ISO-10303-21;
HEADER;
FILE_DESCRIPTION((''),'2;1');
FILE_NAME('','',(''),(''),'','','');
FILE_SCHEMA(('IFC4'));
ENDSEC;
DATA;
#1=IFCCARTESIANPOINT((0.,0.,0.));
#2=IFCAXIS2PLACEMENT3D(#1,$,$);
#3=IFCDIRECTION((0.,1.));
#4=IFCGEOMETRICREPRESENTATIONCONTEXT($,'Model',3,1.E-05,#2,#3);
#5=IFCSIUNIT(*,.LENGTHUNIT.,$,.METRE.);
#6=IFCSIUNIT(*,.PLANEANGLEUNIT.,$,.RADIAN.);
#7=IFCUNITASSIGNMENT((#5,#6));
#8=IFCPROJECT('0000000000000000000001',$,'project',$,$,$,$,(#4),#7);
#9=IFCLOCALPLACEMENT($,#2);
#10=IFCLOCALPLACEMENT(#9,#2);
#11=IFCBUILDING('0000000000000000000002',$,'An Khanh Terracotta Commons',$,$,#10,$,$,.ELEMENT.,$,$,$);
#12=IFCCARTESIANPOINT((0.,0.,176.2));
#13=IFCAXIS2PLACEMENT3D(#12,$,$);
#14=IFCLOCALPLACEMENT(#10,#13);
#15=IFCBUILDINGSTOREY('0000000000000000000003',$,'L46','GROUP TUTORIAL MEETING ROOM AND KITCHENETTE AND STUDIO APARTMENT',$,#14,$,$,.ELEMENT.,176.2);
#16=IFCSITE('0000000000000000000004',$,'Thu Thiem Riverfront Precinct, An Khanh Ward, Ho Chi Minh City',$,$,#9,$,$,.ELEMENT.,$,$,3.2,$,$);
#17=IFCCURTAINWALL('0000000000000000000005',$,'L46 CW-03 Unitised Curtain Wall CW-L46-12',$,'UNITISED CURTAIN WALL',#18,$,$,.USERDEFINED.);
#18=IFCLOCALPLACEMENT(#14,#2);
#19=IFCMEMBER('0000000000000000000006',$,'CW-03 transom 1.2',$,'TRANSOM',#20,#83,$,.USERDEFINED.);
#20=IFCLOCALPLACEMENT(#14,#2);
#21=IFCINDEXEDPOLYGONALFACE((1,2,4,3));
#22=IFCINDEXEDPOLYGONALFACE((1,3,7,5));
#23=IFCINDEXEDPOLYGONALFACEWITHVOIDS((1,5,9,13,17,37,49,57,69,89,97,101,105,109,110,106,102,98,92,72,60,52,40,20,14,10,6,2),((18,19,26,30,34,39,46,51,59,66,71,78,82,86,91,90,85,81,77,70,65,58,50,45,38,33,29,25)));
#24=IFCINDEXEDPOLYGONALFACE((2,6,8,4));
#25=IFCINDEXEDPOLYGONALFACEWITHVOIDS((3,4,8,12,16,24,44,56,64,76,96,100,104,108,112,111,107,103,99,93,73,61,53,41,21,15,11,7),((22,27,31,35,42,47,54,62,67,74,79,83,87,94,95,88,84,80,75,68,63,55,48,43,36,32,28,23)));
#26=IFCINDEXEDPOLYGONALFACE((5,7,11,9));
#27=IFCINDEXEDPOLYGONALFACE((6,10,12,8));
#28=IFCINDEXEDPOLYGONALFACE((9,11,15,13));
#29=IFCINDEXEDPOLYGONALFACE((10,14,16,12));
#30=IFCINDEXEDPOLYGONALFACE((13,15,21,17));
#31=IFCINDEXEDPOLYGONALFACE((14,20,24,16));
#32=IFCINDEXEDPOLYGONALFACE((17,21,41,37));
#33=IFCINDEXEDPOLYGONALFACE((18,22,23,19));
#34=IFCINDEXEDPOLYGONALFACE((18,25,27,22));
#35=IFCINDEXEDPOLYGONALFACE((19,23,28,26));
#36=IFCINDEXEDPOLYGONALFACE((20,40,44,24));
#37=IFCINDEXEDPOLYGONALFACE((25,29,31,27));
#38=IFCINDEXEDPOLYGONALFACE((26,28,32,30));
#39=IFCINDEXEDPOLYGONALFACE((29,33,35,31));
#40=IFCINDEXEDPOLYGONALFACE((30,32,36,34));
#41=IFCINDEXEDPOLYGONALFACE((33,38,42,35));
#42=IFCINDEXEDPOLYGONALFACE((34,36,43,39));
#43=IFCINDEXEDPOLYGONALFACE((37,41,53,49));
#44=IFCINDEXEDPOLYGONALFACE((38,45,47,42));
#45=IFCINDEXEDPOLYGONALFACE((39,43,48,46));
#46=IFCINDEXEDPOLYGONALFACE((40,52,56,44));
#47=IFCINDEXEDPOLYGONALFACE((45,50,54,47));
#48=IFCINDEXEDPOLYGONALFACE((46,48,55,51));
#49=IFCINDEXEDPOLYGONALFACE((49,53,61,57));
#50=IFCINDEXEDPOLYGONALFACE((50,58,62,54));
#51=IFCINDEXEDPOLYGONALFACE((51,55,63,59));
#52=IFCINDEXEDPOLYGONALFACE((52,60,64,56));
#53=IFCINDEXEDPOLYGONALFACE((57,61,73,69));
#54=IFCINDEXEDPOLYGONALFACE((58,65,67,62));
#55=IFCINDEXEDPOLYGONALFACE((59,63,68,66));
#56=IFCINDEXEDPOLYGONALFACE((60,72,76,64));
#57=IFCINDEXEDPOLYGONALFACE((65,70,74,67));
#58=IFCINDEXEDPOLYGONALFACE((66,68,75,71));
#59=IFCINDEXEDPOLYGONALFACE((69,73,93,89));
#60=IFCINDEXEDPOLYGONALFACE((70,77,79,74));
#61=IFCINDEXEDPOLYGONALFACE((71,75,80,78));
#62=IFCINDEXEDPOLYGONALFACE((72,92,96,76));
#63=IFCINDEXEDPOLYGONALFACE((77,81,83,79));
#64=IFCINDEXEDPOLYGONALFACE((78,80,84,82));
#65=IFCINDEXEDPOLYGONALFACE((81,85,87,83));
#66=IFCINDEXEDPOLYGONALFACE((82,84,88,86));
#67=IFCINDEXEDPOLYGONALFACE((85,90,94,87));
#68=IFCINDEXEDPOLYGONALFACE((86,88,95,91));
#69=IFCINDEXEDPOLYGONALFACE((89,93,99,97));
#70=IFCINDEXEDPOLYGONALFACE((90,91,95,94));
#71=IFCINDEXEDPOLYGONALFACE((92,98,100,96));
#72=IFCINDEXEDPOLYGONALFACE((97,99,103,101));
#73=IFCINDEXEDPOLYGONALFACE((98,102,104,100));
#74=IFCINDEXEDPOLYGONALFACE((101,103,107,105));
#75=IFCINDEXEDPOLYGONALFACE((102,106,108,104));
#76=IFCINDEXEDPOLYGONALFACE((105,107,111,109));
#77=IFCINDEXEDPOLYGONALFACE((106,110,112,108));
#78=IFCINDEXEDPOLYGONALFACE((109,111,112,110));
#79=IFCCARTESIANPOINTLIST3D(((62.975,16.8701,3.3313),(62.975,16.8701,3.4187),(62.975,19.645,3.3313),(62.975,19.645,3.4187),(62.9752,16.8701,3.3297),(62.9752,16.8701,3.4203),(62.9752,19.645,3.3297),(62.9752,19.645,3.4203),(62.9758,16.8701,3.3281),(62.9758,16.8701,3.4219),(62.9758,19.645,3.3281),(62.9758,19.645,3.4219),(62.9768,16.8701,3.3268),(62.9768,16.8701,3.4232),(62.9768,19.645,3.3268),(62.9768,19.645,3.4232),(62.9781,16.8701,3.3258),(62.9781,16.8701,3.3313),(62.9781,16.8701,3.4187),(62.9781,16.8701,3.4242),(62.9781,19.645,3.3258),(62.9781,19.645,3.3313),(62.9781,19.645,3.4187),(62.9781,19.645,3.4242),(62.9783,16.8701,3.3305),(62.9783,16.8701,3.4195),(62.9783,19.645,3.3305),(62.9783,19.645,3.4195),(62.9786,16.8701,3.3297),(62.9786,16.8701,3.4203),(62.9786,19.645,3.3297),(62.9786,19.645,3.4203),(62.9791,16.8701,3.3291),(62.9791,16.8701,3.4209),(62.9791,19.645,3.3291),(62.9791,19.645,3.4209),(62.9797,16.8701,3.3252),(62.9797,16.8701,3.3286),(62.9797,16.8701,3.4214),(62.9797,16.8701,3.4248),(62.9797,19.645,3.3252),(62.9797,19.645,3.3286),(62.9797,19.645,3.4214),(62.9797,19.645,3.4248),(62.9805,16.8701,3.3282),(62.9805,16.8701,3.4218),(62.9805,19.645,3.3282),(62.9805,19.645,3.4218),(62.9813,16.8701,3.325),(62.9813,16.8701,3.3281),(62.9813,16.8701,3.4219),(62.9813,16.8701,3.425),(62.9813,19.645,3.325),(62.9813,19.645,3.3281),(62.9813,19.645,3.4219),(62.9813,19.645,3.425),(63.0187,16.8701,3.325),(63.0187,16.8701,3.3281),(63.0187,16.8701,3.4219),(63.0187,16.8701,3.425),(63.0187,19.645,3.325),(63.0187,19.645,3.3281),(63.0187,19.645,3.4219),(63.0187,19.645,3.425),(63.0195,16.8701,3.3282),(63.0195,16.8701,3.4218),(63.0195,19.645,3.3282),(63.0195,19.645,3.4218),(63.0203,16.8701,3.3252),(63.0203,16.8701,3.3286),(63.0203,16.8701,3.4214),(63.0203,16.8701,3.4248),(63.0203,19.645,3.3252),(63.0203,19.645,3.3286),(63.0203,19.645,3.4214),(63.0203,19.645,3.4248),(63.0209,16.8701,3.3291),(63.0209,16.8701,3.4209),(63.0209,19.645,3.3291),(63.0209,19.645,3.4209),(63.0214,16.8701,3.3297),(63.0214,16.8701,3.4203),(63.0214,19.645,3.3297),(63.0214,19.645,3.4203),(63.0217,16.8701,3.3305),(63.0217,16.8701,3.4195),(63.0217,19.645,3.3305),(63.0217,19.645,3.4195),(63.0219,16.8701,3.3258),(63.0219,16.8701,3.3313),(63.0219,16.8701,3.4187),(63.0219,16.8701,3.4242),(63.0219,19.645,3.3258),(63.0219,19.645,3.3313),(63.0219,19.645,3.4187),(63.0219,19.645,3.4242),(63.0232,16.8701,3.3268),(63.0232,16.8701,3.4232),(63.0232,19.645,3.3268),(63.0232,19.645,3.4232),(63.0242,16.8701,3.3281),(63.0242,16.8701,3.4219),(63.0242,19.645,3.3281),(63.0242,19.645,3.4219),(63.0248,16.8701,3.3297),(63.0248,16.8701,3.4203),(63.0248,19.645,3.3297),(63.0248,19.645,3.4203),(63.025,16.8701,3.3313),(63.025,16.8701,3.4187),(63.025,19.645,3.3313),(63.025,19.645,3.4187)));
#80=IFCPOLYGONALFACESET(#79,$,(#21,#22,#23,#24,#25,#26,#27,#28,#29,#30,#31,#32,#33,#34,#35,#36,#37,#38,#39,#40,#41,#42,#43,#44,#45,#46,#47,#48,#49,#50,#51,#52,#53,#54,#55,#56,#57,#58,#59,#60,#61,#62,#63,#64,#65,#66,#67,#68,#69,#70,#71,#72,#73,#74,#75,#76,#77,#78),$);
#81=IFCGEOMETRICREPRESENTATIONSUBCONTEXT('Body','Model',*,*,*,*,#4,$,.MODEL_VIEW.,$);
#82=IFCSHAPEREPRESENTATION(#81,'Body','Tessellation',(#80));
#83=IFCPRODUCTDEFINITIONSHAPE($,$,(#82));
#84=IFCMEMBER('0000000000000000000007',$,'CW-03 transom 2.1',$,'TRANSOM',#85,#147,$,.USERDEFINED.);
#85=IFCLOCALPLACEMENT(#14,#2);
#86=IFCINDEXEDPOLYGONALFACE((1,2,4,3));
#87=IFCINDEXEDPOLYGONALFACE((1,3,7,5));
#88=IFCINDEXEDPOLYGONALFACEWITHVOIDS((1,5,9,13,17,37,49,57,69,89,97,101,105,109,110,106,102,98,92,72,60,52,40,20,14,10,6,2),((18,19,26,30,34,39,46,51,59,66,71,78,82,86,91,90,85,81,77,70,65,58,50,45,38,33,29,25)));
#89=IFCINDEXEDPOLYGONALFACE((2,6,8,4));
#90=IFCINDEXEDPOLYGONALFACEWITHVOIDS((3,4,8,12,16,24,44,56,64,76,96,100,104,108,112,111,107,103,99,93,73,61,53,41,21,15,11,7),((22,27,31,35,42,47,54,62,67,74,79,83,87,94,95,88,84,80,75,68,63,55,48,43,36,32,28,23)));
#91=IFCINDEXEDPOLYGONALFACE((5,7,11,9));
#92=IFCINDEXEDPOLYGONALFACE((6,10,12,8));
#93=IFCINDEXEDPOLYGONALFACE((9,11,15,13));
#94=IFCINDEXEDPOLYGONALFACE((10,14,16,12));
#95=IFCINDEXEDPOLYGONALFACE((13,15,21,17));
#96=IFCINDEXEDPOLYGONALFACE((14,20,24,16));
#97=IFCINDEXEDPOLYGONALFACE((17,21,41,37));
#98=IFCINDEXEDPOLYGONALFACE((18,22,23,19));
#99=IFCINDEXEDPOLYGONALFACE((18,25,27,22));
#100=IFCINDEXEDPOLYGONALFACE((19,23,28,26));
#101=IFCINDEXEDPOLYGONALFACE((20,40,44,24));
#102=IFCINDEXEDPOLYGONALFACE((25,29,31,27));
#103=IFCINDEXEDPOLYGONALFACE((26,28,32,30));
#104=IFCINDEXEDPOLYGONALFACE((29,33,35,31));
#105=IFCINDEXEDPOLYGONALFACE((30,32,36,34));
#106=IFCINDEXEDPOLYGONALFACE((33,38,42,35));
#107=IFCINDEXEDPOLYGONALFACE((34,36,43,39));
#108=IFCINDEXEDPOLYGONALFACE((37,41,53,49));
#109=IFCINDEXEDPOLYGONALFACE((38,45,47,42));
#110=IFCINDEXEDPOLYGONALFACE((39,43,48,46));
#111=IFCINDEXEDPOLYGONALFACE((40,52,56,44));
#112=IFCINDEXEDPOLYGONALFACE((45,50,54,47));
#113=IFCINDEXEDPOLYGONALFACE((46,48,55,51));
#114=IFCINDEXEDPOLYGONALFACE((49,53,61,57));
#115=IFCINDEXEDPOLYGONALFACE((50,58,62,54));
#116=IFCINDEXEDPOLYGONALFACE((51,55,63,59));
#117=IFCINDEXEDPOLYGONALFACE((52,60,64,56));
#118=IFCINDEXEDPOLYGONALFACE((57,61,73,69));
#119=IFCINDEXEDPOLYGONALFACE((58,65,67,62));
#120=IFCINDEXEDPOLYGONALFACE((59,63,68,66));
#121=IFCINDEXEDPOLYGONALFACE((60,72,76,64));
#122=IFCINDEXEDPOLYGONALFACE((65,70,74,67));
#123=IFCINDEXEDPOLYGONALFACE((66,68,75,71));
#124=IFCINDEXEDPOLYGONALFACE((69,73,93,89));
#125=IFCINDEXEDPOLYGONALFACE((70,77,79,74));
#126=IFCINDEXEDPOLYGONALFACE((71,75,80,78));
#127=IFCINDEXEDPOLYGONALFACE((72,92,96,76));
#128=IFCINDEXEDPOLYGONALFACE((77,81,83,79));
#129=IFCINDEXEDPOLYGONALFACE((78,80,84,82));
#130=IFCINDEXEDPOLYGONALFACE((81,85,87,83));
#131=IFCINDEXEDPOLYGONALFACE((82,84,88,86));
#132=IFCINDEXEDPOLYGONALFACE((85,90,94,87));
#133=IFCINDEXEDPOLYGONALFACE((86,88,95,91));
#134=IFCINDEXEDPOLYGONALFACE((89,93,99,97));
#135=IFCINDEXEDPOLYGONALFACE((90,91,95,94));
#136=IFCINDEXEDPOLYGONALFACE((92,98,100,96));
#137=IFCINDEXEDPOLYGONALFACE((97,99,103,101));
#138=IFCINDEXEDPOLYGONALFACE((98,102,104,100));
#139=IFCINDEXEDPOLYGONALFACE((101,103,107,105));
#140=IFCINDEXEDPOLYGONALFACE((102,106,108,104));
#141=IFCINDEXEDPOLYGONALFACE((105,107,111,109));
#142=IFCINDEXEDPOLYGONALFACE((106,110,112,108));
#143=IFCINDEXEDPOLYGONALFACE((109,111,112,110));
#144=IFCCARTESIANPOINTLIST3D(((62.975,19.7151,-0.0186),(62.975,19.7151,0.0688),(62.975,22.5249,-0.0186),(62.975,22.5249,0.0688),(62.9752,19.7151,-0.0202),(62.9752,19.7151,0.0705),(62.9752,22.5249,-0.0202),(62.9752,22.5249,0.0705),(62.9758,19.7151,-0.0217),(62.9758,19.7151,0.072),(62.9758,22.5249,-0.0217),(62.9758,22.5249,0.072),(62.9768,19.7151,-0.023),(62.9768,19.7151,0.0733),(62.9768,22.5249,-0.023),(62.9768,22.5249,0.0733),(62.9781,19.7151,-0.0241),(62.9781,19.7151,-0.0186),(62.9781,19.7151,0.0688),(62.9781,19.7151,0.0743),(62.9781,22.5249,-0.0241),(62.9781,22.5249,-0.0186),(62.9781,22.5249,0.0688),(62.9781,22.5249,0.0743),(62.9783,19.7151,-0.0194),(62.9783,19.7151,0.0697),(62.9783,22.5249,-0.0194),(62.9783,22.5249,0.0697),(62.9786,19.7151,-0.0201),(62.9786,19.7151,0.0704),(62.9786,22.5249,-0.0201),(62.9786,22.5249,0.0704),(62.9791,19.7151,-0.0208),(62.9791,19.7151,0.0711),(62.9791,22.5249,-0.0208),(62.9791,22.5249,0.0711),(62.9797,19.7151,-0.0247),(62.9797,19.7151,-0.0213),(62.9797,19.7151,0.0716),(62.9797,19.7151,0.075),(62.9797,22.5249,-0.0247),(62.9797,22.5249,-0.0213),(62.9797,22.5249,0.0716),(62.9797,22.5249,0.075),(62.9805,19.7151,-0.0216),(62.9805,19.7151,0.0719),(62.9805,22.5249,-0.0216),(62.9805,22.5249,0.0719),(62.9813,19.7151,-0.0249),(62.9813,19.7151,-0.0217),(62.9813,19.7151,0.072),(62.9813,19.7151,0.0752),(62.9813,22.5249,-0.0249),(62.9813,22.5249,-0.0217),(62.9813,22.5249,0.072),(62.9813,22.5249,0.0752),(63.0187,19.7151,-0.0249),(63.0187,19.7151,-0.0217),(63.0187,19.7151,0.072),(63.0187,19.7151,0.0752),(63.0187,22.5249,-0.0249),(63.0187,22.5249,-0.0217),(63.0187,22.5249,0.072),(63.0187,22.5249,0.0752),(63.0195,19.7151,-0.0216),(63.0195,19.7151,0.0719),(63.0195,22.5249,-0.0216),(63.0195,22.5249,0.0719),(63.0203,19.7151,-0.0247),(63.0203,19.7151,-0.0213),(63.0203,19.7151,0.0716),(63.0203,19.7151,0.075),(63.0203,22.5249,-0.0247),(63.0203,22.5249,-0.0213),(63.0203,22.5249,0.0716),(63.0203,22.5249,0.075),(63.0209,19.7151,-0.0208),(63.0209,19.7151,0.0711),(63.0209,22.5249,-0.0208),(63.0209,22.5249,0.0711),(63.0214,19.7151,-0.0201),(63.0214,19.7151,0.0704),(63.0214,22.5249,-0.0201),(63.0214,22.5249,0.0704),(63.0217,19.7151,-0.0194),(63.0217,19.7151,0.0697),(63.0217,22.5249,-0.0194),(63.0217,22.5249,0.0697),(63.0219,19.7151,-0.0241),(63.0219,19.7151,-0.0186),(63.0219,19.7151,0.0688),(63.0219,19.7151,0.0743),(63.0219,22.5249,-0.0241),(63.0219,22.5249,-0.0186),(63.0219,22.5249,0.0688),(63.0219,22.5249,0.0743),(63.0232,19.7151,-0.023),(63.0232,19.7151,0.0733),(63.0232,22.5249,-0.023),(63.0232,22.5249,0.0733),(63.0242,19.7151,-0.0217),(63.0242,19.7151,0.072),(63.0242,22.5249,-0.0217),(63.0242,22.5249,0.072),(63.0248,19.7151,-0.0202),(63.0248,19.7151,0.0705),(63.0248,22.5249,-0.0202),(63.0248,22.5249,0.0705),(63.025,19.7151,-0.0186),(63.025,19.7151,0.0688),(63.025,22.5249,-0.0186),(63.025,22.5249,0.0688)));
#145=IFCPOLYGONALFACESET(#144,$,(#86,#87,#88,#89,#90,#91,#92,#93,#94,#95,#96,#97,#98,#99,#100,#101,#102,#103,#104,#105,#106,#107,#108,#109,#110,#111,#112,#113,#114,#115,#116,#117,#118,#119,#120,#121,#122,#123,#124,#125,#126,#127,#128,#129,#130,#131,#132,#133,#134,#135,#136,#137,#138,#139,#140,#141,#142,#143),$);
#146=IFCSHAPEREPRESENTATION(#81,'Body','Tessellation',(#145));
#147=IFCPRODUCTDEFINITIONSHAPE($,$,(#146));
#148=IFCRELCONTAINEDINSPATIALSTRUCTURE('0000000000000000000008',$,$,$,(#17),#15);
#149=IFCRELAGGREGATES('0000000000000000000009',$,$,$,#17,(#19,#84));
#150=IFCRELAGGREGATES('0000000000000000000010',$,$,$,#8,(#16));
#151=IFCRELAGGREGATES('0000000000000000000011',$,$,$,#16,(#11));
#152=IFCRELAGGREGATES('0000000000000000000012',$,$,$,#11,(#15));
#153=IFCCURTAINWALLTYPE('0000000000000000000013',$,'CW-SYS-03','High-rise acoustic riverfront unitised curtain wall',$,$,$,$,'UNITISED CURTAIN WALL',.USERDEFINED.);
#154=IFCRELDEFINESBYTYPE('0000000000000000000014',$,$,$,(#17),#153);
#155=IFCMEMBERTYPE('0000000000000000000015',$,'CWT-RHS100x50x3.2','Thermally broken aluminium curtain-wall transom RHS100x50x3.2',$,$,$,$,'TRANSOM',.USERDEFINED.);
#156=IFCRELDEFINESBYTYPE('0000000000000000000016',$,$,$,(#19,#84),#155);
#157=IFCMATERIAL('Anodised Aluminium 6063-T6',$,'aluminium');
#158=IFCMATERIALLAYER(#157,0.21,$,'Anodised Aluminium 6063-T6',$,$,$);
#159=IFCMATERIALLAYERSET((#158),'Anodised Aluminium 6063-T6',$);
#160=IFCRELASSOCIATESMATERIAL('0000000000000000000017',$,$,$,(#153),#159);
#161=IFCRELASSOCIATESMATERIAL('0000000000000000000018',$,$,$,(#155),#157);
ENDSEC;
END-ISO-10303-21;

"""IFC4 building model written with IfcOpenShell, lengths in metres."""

from ifc_helpers import new_model, si_unit, direction, frame, origin, origin_2d, place, context, subcontext, project, spatial, hollow_rectangle, extrude, material, layer, layer_set, material_profile, profile_set, type_object, element, aggregate, save


model = new_model("IFC4")

# Units and contexts
model_context = context("Model", 3, precision=1e-05, world=origin(), true_north=direction((0.0, 1.0)))
body_context = subcontext(model_context, "Body", "Model", "MODEL_VIEW")
ifc_project = project(units=[si_unit("LENGTHUNIT", "METRE"), si_unit("PLANEANGLEUNIT", "RADIAN")], contexts=[model_context])

# Site, building, storey
site_placement = place(None, origin())
site = spatial("IfcSite", under=ifc_project, at=site_placement, Name="Thu Thiem Riverfront Precinct, An Khanh Ward, Ho Chi Minh City", CompositionType="ELEMENT", RefElevation=3.2)
building_placement = place(site_placement, origin())
building = spatial("IfcBuilding", under=site, at=building_placement, Name="An Khanh Terracotta Commons", CompositionType="ELEMENT")
storey_placement = place(building_placement, frame((0.0, 0.0, 176.2)))
storey = spatial("IfcBuildingStorey", under=building, at=storey_placement, Name="L46", Description="GROUP TUTORIAL MEETING ROOM AND KITCHENETTE AND STUDIO APARTMENT", CompositionType="ELEMENT", Elevation=176.2)

# Curtain wall
ifc_material_1 = material(Name="Anodised Aluminium 6063-T6", Category="aluminium")
ifc_layer_1 = layer(ifc_material_1, 0.21, Name="Anodised Aluminium 6063-T6")
ifc_layer_set_1 = layer_set([ifc_layer_1], Name="Anodised Aluminium 6063-T6")
curtain_wall_type = type_object("IfcCurtainWallType", Name="CW-SYS-03", Description="High-rise acoustic riverfront unitised curtain wall", ElementType="UNITISED CURTAIN WALL", PredefinedType="USERDEFINED", material=ifc_layer_set_1)
curtain_wall_1_placement = place(storey_placement, origin())
curtain_wall_1 = element("IfcCurtainWall", 1, at=curtain_wall_1_placement, inside=storey, type_object=curtain_wall_type, Name="L46 CW-03 Unitised Curtain Wall CW-L46-12", ObjectType="UNITISED CURTAIN WALL", PredefinedType="USERDEFINED")

# Members
ifc_material_profile_1 = material_profile(ifc_material_1, hollow_rectangle(XDim=0.05, YDim=0.1001, WallThickness=0.0032, InnerFilletRadius=0.0032, OuterFilletRadius=0.0063, at=origin_2d()), Name="RHS100x50x3.2")
ifc_profile_set_1 = profile_set([ifc_material_profile_1], Name="Anodised Aluminium 6063-T6")
member_type_1 = type_object("IfcMemberType", Name="CWT-RHS100x50x3.2", Description="Thermally broken aluminium curtain-wall transom RHS100x50x3.2", ElementType="TRANSOM", PredefinedType="USERDEFINED", material=ifc_profile_set_1)
member_1_placement = place(storey_placement, frame((63.0, 16.8701, 3.375), z_axis=(0.0, 1.0, 0.0), x_axis=(-1.0, 0.0, 0.0)))
member_1 = element("IfcMember", 2, at=member_1_placement, type_object=member_type_1, Name="CW-03 transom 1.2", ObjectType="TRANSOM", PredefinedType="USERDEFINED", context=body_context, shape_type="SweptSolid", body=[
    extrude(hollow_rectangle(XDim=0.05, YDim=0.1001, WallThickness=0.0032, InnerFilletRadius=0.0032, OuterFilletRadius=0.0063, at=origin_2d()), origin(), (0.0, 0.0, 1.0), 2.7749),
])
member_2_placement = place(storey_placement, frame((63.0, 19.7151, 0.0251), z_axis=(0.0, 1.0, 0.0), x_axis=(-1.0, 0.0, 0.0)))
member_2 = element("IfcMember", 3, at=member_2_placement, type_object=member_type_1, Name="CW-03 transom 2.1", ObjectType="TRANSOM", PredefinedType="USERDEFINED", context=body_context, shape_type="SweptSolid", body=[
    extrude(hollow_rectangle(XDim=0.05, YDim=0.1001, WallThickness=0.0032, InnerFilletRadius=0.0032, OuterFilletRadius=0.0063, at=origin_2d()), origin(), (0.0, 0.0, 1.0), 2.8098),
])

aggregate(curtain_wall_1, [member_1, member_2])

save(model, "model.ifc")
